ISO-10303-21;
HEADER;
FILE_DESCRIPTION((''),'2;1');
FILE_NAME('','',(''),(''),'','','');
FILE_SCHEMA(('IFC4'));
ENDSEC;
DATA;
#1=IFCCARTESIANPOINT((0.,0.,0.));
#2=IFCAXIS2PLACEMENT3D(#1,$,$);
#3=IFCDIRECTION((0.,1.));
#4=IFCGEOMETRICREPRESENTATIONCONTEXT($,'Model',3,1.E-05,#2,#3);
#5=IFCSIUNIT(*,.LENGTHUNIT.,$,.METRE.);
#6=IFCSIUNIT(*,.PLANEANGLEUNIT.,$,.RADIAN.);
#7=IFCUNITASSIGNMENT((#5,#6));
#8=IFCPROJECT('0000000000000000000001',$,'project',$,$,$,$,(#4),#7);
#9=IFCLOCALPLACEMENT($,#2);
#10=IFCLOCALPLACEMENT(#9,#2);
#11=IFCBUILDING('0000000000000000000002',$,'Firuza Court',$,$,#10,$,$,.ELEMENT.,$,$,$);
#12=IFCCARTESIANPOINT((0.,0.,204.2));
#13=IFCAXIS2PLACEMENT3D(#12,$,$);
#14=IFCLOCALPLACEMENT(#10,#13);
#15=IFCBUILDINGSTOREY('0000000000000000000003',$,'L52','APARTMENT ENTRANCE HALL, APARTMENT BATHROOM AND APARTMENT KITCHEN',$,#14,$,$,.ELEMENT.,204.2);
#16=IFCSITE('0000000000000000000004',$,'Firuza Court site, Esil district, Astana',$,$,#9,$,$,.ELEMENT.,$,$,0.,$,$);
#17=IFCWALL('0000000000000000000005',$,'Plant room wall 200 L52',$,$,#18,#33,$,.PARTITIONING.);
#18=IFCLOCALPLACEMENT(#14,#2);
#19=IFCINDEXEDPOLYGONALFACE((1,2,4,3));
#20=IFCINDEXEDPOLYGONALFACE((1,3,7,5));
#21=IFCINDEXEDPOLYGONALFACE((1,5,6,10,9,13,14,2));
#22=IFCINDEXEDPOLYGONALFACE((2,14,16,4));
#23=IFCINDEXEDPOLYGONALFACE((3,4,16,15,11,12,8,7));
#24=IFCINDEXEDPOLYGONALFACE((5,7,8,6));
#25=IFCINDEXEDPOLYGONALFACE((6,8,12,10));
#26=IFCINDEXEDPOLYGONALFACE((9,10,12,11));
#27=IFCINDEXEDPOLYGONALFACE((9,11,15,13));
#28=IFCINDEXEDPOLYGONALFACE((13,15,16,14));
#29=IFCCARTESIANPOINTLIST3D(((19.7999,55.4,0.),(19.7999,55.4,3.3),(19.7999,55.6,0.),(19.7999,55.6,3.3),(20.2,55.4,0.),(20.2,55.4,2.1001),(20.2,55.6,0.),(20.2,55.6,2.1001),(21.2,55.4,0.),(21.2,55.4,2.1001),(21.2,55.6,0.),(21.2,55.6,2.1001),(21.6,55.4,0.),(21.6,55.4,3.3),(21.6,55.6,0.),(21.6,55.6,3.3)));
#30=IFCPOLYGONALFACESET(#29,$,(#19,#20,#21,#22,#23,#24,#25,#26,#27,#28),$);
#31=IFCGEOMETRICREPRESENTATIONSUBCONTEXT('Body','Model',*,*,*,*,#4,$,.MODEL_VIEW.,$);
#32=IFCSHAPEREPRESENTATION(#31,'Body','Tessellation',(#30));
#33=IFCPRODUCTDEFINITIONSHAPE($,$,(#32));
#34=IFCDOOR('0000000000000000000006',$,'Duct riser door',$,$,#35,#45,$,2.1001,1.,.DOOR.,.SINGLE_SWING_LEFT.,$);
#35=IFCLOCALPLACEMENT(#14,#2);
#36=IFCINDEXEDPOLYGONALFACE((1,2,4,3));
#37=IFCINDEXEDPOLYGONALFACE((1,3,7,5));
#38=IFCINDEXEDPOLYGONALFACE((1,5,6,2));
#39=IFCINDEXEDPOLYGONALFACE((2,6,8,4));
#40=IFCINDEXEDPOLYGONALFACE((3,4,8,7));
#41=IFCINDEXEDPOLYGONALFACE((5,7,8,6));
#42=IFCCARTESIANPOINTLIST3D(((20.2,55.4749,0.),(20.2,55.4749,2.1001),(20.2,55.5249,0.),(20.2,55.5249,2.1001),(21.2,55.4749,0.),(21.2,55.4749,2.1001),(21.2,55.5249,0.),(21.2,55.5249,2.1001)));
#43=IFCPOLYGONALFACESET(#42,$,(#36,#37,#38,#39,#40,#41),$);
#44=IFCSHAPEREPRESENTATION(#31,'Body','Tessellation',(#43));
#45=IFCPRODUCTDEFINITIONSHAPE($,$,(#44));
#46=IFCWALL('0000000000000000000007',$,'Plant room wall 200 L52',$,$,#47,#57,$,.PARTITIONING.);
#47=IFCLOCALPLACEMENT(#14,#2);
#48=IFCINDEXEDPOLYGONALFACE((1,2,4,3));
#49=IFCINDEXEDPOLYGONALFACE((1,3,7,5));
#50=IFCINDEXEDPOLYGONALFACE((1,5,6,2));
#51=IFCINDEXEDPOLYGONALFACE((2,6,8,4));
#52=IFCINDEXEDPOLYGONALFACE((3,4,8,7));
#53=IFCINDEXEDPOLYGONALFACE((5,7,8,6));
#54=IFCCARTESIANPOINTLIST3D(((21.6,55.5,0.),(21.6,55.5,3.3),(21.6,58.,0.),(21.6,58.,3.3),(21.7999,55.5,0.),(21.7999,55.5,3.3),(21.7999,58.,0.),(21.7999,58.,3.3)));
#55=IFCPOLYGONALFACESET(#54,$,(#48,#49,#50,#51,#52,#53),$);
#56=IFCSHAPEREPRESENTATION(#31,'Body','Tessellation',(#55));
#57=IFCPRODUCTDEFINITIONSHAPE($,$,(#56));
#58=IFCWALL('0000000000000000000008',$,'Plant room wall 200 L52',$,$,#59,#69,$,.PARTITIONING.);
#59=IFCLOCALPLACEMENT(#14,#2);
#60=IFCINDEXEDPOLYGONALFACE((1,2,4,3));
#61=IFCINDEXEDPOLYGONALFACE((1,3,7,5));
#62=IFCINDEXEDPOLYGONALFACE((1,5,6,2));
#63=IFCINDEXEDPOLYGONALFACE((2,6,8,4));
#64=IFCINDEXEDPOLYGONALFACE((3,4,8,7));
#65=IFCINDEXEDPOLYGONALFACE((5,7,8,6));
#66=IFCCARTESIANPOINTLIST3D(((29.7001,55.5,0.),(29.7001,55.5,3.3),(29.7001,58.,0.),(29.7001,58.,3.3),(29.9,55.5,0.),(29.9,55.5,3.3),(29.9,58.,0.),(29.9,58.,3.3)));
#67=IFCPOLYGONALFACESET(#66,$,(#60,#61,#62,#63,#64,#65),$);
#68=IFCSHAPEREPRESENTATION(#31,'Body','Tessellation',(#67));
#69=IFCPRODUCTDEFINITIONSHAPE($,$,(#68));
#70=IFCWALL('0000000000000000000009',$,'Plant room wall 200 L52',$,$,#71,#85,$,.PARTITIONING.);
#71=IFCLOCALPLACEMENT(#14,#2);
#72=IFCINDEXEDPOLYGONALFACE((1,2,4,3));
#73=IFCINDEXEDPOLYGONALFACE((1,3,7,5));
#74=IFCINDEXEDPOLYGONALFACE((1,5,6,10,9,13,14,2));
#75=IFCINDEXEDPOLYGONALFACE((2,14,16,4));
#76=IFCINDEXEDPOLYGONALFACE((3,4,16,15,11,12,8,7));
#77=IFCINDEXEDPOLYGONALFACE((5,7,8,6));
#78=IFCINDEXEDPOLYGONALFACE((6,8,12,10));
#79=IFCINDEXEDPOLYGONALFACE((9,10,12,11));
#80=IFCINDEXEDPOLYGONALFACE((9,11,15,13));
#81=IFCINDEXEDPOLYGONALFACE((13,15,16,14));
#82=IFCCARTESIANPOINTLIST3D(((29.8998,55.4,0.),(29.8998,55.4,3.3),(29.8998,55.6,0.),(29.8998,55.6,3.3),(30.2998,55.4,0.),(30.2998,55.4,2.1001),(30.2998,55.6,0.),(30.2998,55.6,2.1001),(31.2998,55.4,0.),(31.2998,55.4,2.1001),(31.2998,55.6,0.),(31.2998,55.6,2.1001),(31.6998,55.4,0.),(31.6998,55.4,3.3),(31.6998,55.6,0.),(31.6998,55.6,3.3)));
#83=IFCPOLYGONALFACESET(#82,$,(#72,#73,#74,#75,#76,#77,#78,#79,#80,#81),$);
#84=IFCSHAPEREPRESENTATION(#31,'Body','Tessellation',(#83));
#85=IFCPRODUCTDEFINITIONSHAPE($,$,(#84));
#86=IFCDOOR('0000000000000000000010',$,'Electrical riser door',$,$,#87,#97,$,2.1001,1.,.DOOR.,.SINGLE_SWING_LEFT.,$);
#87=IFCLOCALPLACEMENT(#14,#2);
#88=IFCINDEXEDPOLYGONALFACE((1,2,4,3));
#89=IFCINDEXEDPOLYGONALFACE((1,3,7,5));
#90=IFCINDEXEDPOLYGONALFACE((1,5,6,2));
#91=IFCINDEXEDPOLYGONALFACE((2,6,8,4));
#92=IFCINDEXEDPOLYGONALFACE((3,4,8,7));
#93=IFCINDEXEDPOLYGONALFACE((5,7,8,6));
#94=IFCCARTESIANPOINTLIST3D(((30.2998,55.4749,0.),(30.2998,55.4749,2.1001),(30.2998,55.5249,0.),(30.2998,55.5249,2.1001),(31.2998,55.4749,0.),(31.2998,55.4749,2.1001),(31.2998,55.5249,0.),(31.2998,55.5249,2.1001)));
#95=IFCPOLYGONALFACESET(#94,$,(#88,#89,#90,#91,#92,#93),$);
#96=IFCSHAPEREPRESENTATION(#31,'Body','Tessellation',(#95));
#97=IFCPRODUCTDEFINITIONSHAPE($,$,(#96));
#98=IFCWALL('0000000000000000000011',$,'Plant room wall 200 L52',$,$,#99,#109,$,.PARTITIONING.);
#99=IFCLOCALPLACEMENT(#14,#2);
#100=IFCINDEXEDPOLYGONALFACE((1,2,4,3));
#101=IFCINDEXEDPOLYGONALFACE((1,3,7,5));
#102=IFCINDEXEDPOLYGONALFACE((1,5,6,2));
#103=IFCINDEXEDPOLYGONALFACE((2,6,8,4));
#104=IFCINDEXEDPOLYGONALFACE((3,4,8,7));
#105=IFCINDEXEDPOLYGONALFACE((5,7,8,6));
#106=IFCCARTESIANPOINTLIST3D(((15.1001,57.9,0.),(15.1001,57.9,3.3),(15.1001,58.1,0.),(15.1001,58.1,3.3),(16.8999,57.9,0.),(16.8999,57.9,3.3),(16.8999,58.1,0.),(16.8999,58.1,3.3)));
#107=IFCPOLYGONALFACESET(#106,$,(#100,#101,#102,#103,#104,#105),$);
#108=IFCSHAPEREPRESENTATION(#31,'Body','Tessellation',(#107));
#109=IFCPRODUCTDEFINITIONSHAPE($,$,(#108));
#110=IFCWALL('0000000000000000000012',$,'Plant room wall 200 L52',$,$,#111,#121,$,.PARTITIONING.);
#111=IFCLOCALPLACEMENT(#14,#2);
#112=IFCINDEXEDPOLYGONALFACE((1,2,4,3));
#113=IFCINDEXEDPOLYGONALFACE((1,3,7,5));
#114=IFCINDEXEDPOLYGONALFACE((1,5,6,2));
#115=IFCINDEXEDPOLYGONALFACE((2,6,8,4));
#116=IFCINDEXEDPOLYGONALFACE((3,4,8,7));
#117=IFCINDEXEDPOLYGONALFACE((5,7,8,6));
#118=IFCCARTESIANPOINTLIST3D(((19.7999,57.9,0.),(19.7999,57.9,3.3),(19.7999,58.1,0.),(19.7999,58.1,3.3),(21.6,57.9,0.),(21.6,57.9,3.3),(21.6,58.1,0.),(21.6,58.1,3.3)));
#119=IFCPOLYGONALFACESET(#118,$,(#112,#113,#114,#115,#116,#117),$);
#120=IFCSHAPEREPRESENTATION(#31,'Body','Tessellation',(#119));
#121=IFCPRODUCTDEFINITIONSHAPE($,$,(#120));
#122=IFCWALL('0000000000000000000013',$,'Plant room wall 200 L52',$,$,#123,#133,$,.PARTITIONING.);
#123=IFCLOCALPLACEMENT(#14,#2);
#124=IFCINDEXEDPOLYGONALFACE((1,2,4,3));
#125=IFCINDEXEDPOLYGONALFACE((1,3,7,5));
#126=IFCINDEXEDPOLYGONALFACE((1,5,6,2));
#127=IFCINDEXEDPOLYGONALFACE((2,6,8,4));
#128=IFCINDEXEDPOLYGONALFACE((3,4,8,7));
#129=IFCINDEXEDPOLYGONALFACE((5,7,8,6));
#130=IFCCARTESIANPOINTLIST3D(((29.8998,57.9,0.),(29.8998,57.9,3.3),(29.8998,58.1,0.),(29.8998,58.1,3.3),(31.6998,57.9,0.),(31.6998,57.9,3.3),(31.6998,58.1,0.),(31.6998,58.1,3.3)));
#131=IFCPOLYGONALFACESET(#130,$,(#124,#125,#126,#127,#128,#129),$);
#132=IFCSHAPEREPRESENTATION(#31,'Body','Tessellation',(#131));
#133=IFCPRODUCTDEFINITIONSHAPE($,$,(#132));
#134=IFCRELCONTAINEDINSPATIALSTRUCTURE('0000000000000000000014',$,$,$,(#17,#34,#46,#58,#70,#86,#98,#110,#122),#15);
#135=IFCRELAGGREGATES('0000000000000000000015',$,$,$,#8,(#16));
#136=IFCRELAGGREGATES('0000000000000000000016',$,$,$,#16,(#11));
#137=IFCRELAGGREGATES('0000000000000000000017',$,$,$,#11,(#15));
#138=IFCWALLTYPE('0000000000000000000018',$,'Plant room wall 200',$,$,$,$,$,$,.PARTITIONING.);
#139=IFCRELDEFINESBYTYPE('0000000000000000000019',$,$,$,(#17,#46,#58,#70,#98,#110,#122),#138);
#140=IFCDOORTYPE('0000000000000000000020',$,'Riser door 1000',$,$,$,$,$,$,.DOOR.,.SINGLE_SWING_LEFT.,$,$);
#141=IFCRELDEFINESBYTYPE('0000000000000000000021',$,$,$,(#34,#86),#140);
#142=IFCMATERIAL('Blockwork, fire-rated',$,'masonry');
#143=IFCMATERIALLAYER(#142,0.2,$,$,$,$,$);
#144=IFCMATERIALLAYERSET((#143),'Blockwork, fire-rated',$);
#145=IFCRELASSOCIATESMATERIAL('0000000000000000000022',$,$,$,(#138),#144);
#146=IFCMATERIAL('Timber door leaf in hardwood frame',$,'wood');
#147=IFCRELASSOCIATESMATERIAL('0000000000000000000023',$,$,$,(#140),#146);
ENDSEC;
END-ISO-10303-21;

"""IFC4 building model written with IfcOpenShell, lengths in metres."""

from ifc_helpers import new_model, si_unit, direction, frame, frame_2d, origin, place, context, subcontext, project, spatial, rectangle, extrude, material, layer, layer_set, type_object, element, fill, save


model = new_model("IFC4")

# Units and contexts
model_context = context("Model", 3, precision=1e-05, world=origin(), true_north=direction((0.0, 1.0)))
body_context = subcontext(model_context, "Body", "Model", "MODEL_VIEW")
ifc_project = project(units=[si_unit("LENGTHUNIT", "METRE"), si_unit("PLANEANGLEUNIT", "RADIAN")], contexts=[model_context])

# Site, building, storey
site_placement = place(None, origin())
site = spatial("IfcSite", under=ifc_project, at=site_placement, Name="Firuza Court site, Esil district, Astana", CompositionType="ELEMENT", RefElevation=0.0)
building_placement = place(site_placement, origin())
building = spatial("IfcBuilding", under=site, at=building_placement, Name="Firuza Court", CompositionType="ELEMENT")
storey_placement = place(building_placement, frame((0.0, 0.0, 204.2)))
storey = spatial("IfcBuildingStorey", under=building, at=storey_placement, Name="L52", Description="APARTMENT ENTRANCE HALL, APARTMENT BATHROOM AND APARTMENT KITCHEN", CompositionType="ELEMENT", Elevation=204.2)

# Shared definitions
ifc_material_1 = material(Name="Blockwork, fire-rated", Category="masonry")
ifc_layer_1 = layer(ifc_material_1, 0.2)
ifc_layer_set_1 = layer_set([ifc_layer_1], Name="Blockwork, fire-rated")
wall_type_1 = type_object("IfcWallType", Name="Plant room wall 200", PredefinedType="PARTITIONING", material=ifc_layer_set_1)

# Wall, opening, door
wall_1_placement = place(storey_placement, frame((19.8, 55.5, 0.0), z_axis=(0.0, 0.0, 1.0), x_axis=(1.0, 0.0, 0.0)))
wall_1 = element("IfcWall", 1, at=wall_1_placement, inside=storey, type_object=wall_type_1, Name="Plant room wall 200 L52", PredefinedType="PARTITIONING", context=body_context, shape_type="SweptSolid", body=[
    extrude(rectangle(XDim=1.8, YDim=0.2, at=frame_2d((0.8999, 0.0))), origin(), (0.0, 0.0, 1.0), 3.3),
])
opening_1_placement = place(wall_1_placement, frame((0.3999, 0.0, 0.0)))
opening_1 = element("IfcOpeningElement", 2, at=opening_1_placement, cuts=wall_1, PredefinedType="OPENING", context=body_context, shape_type="SweptSolid", body=[
    extrude(rectangle(XDim=1.0, YDim=2.1001, at=frame_2d((0.5, 1.05))), frame((0.0, 0.1118, 0.0), z_axis=(0.0, -1.0, 0.0), x_axis=(1.0, 0.0, 0.0)), (0.0, 0.0, 1.0), 0.2239),
])
ifc_material_2 = material(Name="Timber door leaf in hardwood frame", Category="wood")
door_type = type_object("IfcDoorType", Name="Riser door 1000", OperationType="SINGLE_SWING_LEFT", PredefinedType="DOOR", material=ifc_material_2)
door_1_placement = place(opening_1_placement, origin())
door_1 = element("IfcDoor", 3, at=door_1_placement, inside=storey, type_object=door_type, Name="Duct riser door", OperationType="SINGLE_SWING_LEFT", OverallHeight=2.1001, OverallWidth=1.0, PredefinedType="DOOR", context=body_context, shape_type="SweptSolid", body=[
    extrude(rectangle(XDim=1.0, YDim=2.1001, at=frame_2d((0.5, 1.05))), frame((0.0, 0.0249, 0.0), z_axis=(0.0, -1.0, 0.0), x_axis=(1.0, 0.0, 0.0)), (0.0, 0.0, 1.0), 0.05),
])
fill(opening_1, door_1)

# Walls
for number, where, z_axis, x_axis, name in (
    (4, (21.7, 55.5, 0.0), (0.0, 0.0, 1.0), (0.0, 1.0, 0.0), "Plant room wall 200 L52"),
    (5, (29.8, 55.5, 0.0), (0.0, 0.0, 1.0), (0.0, 1.0, 0.0), "Plant room wall 200 L52"),
):
    element("IfcWall", number, at=place(storey_placement, frame(where, z_axis=z_axis, x_axis=x_axis)), inside=storey, type_object=wall_type_1, Name=name, PredefinedType="PARTITIONING", context=body_context, shape_type="SweptSolid", body=[
        extrude(rectangle(XDim=2.5, YDim=0.2, at=frame_2d((1.25, 0.0))), origin(), (0.0, 0.0, 1.0), 3.3),
    ])

# Wall, opening, door
wall_2_placement = place(storey_placement, frame((29.8999, 55.5, 0.0), z_axis=(0.0, 0.0, 1.0), x_axis=(1.0, 0.0, 0.0)))
wall_2 = element("IfcWall", 6, at=wall_2_placement, inside=storey, type_object=wall_type_1, Name="Plant room wall 200 L52", PredefinedType="PARTITIONING", context=body_context, shape_type="SweptSolid", body=[
    extrude(rectangle(XDim=1.8, YDim=0.2, at=frame_2d((0.8999, 0.0))), origin(), (0.0, 0.0, 1.0), 3.3),
])
opening_2_placement = place(wall_2_placement, frame((0.3999, 0.0, 0.0)))
opening_2 = element("IfcOpeningElement", 7, at=opening_2_placement, cuts=wall_2, PredefinedType="OPENING", context=body_context, shape_type="SweptSolid", body=[
    extrude(rectangle(XDim=1.0, YDim=2.1001, at=frame_2d((0.5, 1.05))), frame((0.0, 0.1118, 0.0), z_axis=(0.0, -1.0, 0.0), x_axis=(1.0, 0.0, 0.0)), (0.0, 0.0, 1.0), 0.2239),
])
door_2_placement = place(opening_2_placement, origin())
door_2 = element("IfcDoor", 8, at=door_2_placement, inside=storey, type_object=door_type, Name="Electrical riser door", OperationType="SINGLE_SWING_LEFT", OverallHeight=2.1001, OverallWidth=1.0, PredefinedType="DOOR", context=body_context, shape_type="SweptSolid", body=[
    extrude(rectangle(XDim=1.0, YDim=2.1001, at=frame_2d((0.5, 1.05))), frame((0.0, 0.0249, 0.0), z_axis=(0.0, -1.0, 0.0), x_axis=(1.0, 0.0, 0.0)), (0.0, 0.0, 1.0), 0.05),
])
fill(opening_2, door_2)

# Walls
wall_3_placement = place(storey_placement, frame((15.1001, 58.0, 0.0), z_axis=(0.0, 0.0, 1.0), x_axis=(1.0, 0.0, 0.0)))
element("IfcWall", 9, at=wall_3_placement, inside=storey, type_object=wall_type_1, Name="Plant room wall 200 L52", PredefinedType="PARTITIONING", context=body_context, shape_type="SweptSolid", body=[
    extrude(rectangle(XDim=1.7998, YDim=0.2, at=frame_2d((0.8999, 0.0))), origin(), (0.0, 0.0, 1.0), 3.3),
])
for number, where, z_axis, x_axis, name in (
    (10, (19.8, 58.0, 0.0), (0.0, 0.0, 1.0), (1.0, 0.0, 0.0), "Plant room wall 200 L52"),
    (11, (29.8999, 58.0, 0.0), (0.0, 0.0, 1.0), (1.0, 0.0, 0.0), "Plant room wall 200 L52"),
):
    element("IfcWall", number, at=place(storey_placement, frame(where, z_axis=z_axis, x_axis=x_axis)), inside=storey, type_object=wall_type_1, Name=name, PredefinedType="PARTITIONING", context=body_context, shape_type="SweptSolid", body=[
        extrude(rectangle(XDim=1.8, YDim=0.2, at=frame_2d((0.8999, 0.0))), origin(), (0.0, 0.0, 1.0), 3.3),
    ])

save(model, "model.ifc")
